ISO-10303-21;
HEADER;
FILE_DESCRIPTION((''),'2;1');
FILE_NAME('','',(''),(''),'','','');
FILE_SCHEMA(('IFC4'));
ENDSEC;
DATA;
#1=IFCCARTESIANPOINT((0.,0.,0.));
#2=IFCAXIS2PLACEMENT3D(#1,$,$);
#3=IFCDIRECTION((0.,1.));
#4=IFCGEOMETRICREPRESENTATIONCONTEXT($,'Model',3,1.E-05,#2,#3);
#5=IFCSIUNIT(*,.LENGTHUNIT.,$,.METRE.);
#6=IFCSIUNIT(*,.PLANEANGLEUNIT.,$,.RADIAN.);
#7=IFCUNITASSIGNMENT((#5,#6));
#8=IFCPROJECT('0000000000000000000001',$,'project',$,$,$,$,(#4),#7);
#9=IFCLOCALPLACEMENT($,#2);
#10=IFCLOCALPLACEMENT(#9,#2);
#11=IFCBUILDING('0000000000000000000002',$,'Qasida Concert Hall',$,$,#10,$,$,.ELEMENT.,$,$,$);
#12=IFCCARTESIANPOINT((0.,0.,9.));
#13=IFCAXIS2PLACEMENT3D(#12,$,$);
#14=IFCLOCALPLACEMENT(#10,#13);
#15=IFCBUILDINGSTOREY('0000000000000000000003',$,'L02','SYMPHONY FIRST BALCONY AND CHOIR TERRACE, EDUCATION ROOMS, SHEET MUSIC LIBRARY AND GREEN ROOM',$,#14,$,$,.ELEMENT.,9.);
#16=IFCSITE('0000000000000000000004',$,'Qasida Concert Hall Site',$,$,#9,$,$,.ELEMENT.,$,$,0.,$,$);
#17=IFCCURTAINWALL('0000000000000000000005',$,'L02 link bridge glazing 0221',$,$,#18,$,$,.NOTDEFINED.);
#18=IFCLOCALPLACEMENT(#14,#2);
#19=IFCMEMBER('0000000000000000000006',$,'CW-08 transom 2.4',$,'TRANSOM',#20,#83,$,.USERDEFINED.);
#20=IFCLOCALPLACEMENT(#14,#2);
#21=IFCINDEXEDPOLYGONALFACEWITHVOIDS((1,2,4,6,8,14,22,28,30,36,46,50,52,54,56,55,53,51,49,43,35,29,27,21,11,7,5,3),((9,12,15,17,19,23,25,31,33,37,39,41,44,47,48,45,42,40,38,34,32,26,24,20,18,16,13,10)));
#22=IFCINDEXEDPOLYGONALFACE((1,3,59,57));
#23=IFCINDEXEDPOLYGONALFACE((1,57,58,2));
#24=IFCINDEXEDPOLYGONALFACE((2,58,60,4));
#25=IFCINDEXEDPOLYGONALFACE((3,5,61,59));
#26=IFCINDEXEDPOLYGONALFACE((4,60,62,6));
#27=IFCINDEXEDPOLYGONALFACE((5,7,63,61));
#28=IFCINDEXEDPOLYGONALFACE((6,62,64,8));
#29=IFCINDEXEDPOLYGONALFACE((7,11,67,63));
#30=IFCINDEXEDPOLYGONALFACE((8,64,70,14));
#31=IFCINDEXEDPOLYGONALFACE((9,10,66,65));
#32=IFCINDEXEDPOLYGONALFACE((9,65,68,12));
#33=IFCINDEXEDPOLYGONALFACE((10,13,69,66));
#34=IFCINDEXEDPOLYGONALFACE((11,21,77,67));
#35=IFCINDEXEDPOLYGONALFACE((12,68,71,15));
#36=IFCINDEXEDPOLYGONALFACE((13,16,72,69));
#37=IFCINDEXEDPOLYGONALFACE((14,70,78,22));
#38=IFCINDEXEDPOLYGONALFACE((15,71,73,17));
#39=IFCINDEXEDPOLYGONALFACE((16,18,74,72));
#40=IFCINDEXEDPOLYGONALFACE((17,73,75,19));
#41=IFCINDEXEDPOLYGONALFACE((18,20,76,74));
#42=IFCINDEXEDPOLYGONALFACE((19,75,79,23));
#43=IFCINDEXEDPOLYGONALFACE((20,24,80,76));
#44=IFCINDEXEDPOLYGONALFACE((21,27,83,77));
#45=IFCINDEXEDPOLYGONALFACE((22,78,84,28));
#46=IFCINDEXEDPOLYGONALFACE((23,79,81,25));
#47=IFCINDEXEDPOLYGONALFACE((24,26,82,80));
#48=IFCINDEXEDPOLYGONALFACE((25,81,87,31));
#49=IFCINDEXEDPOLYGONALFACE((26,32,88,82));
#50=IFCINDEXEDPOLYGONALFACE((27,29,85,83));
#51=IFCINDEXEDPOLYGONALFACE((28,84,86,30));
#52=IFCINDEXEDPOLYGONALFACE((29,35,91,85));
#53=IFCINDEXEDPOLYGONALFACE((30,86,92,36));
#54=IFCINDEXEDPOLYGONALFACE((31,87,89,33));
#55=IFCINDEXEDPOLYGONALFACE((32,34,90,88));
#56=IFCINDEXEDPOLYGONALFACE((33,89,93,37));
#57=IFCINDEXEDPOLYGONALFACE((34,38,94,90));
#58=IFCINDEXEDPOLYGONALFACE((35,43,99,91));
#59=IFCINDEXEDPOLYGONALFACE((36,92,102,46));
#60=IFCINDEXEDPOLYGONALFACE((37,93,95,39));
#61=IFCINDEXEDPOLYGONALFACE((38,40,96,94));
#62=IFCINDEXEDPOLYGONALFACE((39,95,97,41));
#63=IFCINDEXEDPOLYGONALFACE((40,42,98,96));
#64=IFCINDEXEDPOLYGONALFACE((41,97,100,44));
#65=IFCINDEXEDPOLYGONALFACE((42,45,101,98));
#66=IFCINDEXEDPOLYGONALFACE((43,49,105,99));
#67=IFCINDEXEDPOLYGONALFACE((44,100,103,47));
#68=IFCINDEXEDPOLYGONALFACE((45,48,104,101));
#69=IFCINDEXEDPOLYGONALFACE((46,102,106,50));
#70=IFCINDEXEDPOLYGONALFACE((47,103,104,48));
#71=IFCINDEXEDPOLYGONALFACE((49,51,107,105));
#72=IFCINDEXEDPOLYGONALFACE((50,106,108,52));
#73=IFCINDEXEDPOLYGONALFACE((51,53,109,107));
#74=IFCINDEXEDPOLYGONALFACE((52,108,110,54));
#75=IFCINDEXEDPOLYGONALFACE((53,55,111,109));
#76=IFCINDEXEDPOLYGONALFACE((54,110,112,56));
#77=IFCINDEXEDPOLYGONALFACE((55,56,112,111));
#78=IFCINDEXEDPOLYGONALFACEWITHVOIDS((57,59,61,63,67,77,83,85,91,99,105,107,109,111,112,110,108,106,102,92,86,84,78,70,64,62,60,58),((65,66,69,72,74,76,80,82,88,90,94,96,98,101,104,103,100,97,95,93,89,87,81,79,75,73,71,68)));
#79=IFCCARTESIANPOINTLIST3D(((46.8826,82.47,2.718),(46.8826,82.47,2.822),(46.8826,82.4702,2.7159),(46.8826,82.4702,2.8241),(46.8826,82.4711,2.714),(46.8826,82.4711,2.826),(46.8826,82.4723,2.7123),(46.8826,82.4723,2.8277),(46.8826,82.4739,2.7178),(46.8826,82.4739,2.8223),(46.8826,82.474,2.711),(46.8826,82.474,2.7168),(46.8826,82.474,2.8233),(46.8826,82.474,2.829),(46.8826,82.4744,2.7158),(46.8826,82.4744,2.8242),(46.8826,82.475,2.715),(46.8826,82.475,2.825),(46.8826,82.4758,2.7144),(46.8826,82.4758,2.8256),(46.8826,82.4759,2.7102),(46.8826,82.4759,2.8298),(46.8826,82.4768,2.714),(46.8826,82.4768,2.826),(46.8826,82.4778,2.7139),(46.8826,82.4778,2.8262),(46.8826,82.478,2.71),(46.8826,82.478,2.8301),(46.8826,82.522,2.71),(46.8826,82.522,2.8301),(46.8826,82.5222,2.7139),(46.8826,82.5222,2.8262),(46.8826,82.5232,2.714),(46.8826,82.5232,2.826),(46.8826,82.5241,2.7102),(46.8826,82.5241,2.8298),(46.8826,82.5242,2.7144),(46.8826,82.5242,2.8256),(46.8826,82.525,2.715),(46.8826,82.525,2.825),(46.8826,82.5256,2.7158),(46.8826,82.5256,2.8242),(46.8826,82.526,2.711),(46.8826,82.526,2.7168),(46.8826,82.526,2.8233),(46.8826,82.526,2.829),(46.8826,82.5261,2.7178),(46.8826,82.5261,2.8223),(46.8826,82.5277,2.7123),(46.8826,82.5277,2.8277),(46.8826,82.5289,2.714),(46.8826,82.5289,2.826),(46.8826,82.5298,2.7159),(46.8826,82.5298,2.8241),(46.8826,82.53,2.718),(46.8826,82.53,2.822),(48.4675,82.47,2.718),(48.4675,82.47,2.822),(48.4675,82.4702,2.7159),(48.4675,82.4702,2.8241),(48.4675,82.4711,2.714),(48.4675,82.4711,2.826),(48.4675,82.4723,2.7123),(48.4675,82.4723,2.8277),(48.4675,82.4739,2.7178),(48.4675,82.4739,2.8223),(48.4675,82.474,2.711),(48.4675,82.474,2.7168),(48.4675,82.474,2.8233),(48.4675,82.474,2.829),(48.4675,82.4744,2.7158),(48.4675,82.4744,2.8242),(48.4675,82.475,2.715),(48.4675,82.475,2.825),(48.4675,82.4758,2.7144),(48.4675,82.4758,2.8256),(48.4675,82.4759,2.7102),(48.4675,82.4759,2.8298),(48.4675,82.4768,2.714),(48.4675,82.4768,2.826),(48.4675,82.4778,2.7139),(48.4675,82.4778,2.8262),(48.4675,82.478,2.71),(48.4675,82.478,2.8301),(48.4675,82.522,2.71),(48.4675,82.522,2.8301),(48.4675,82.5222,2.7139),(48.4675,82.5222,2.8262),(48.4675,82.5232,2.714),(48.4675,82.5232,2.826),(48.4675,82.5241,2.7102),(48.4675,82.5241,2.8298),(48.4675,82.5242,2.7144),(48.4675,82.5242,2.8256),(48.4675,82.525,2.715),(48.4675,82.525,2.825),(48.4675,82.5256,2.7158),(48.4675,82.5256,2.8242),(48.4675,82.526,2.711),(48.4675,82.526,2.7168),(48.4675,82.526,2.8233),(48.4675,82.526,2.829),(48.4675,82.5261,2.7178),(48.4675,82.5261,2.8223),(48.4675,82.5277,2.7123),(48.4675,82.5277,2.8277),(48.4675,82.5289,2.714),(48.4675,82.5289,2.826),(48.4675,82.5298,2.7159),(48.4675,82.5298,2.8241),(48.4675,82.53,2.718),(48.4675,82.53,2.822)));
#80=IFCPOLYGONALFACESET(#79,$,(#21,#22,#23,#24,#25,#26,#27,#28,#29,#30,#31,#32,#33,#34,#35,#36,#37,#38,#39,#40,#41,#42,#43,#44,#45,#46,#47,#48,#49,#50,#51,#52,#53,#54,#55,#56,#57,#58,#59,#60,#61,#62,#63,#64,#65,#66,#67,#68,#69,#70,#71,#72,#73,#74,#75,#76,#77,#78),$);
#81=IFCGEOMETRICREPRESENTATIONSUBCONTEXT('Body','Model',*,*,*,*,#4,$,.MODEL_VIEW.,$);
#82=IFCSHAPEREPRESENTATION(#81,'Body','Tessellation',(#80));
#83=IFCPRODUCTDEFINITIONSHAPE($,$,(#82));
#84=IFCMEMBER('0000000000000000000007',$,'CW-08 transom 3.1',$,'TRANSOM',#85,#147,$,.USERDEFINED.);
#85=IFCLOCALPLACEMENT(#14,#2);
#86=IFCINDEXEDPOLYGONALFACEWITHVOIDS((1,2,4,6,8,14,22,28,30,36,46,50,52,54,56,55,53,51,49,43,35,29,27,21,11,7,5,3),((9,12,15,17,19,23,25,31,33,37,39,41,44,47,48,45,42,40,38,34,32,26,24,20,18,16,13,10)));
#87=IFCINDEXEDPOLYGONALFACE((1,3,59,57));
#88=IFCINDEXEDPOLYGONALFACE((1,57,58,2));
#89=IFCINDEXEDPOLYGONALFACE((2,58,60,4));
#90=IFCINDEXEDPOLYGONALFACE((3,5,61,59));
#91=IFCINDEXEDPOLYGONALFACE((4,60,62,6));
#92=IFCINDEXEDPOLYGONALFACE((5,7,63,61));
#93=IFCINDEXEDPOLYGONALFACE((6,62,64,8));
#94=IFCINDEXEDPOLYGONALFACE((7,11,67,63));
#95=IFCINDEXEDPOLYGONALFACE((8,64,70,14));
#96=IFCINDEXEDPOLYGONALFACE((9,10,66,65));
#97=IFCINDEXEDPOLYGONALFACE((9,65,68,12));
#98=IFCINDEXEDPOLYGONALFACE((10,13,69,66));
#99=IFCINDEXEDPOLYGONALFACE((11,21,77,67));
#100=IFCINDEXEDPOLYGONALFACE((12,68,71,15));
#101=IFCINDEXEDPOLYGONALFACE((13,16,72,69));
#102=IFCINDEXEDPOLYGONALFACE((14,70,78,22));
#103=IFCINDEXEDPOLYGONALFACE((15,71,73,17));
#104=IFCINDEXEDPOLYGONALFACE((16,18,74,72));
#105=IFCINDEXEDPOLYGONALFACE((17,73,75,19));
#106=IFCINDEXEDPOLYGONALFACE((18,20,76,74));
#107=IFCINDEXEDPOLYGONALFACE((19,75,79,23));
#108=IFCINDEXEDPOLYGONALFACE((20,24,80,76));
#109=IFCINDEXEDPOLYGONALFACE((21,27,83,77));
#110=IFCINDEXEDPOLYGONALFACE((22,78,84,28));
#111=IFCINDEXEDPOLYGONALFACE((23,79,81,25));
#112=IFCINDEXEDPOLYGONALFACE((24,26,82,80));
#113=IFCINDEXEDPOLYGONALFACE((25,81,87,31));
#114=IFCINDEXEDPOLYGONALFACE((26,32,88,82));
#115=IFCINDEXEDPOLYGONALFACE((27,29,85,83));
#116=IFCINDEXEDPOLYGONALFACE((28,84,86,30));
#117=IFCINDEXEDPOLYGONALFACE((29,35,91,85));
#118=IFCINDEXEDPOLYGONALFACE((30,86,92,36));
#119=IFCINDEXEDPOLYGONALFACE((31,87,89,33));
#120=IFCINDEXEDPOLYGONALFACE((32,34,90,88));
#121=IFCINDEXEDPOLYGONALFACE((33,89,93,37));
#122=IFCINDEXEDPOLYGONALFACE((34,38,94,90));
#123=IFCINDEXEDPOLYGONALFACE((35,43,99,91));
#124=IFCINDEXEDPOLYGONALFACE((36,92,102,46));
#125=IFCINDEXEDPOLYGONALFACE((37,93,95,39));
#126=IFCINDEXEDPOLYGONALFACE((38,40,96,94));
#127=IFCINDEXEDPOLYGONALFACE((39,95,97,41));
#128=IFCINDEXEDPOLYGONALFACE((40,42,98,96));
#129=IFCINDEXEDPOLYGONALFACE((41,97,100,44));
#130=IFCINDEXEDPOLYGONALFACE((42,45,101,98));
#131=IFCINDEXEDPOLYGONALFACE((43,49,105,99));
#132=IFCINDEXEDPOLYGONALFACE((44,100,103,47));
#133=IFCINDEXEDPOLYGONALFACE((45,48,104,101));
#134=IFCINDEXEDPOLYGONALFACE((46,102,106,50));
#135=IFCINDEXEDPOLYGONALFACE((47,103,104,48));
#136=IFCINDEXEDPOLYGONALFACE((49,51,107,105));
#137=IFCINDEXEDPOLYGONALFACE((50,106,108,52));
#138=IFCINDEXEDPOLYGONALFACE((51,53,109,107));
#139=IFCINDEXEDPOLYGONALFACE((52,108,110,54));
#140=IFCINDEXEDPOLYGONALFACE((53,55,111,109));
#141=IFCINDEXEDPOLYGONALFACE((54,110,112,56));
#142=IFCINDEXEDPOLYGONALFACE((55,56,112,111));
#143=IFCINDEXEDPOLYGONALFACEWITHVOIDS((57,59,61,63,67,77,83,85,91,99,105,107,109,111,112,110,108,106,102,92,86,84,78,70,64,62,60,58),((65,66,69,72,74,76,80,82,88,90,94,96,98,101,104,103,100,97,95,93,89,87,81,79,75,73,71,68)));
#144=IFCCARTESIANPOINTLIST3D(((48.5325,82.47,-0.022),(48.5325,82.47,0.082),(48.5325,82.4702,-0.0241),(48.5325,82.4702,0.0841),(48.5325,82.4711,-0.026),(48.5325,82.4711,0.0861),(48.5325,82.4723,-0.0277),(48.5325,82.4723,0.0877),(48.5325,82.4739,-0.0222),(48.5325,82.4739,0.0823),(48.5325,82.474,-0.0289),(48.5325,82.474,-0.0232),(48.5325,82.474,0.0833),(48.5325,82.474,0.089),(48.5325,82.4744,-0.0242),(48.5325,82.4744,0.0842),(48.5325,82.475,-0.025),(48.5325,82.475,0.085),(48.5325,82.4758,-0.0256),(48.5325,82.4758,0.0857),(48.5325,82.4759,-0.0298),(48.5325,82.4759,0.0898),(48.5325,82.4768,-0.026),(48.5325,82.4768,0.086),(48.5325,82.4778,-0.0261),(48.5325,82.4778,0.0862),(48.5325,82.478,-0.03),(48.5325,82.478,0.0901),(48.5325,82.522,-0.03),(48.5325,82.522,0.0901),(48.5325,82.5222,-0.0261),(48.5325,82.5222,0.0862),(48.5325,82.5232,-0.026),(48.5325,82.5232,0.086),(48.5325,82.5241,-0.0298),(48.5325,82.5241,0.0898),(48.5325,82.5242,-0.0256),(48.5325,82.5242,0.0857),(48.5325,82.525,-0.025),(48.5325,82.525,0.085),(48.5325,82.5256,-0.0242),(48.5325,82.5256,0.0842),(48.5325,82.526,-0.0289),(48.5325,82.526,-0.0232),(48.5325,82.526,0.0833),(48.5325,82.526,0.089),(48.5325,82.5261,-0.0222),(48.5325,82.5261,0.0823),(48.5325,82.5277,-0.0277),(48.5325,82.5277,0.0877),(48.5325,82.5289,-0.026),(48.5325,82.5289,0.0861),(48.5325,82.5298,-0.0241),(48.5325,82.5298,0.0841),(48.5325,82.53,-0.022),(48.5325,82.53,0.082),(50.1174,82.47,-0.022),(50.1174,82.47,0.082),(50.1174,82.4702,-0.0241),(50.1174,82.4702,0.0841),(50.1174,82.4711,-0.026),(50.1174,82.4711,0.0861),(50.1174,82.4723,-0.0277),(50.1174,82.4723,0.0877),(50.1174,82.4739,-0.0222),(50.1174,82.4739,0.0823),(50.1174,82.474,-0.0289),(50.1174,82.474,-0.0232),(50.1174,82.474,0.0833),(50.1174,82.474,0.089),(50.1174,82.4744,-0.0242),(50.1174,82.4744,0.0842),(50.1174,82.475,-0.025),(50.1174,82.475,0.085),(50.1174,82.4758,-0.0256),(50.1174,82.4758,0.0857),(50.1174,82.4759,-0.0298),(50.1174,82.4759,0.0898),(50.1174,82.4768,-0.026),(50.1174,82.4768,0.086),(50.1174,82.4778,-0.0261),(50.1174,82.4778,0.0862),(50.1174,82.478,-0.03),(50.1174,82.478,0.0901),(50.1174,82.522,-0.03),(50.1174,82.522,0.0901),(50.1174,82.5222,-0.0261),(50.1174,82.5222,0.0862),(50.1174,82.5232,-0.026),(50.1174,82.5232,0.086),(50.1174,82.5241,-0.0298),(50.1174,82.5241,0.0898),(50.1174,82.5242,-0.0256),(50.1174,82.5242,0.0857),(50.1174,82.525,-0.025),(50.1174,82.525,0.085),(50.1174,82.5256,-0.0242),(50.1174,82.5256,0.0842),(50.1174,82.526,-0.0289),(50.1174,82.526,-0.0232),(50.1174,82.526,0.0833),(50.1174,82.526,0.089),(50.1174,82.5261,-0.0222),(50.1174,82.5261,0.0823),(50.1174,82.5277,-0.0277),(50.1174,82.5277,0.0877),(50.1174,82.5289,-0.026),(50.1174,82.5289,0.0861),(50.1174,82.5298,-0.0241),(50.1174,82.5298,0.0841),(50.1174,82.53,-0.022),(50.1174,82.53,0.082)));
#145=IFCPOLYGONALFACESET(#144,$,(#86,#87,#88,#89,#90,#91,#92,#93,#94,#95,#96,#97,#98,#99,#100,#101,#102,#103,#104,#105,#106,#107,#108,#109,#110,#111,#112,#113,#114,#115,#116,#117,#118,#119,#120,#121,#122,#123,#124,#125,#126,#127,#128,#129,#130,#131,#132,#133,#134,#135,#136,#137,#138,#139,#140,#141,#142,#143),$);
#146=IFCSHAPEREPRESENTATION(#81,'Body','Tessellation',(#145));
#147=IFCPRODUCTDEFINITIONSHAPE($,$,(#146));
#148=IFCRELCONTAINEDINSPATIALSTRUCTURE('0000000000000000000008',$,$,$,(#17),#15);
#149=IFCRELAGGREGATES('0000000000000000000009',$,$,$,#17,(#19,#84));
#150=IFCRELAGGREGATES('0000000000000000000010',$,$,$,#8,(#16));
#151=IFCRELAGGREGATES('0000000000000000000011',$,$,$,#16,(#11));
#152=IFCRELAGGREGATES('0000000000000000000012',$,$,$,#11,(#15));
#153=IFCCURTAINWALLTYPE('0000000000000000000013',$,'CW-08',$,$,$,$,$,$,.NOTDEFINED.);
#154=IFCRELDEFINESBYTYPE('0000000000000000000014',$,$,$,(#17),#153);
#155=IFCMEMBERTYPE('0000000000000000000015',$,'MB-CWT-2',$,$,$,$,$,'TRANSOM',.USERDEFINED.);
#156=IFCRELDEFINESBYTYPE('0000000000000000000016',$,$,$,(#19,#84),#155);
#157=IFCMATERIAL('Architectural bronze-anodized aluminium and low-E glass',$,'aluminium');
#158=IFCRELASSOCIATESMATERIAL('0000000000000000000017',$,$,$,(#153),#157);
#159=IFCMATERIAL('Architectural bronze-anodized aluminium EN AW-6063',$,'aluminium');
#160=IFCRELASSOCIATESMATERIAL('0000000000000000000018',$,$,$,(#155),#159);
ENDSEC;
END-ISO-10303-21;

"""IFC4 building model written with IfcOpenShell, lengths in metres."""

from ifc_helpers import new_model, si_unit, direction, frame, origin, origin_2d, place, context, subcontext, project, spatial, hollow_rectangle, extrude, material, material_profile, profile_set, type_object, element, aggregate, save


model = new_model("IFC4")

# Units and contexts
model_context = context("Model", 3, precision=1e-05, world=origin(), true_north=direction((0.0, 1.0)))
body_context = subcontext(model_context, "Body", "Model", "MODEL_VIEW")
ifc_project = project(units=[si_unit("LENGTHUNIT", "METRE"), si_unit("PLANEANGLEUNIT", "RADIAN")], contexts=[model_context])

# Site, building, storey
site_placement = place(None, origin())
site = spatial("IfcSite", under=ifc_project, at=site_placement, Name="Qasida Concert Hall Site", CompositionType="ELEMENT", RefElevation=0.0)
building_placement = place(site_placement, origin())
building = spatial("IfcBuilding", under=site, at=building_placement, Name="Qasida Concert Hall", CompositionType="ELEMENT")
storey_placement = place(building_placement, frame((0.0, 0.0, 9.0)))
storey = spatial("IfcBuildingStorey", under=building, at=storey_placement, Name="L02", Description="SYMPHONY FIRST BALCONY AND CHOIR TERRACE, EDUCATION ROOMS, SHEET MUSIC LIBRARY AND GREEN ROOM", CompositionType="ELEMENT", Elevation=9.0)

# Curtain wall, members
ifc_material_1 = material(Name="Architectural bronze-anodized aluminium and low-E glass", Category="aluminium")
curtain_wall_type = type_object("IfcCurtainWallType", Name="CW-08", PredefinedType="NOTDEFINED", material=ifc_material_1)
curtain_wall_placement = place(storey_placement, origin())
curtain_wall = element("IfcCurtainWall", 1, at=curtain_wall_placement, inside=storey, type_object=curtain_wall_type, Name="L02 link bridge glazing 0221", PredefinedType="NOTDEFINED")
ifc_material_2 = material(Name="Architectural bronze-anodized aluminium EN AW-6063", Category="aluminium")
ifc_material_profile_1 = material_profile(ifc_material_2, hollow_rectangle(XDim=0.0601, YDim=0.1201, WallThickness=0.0039, InnerFilletRadius=0.0039, OuterFilletRadius=0.0081, at=origin_2d()), Name="CWT 120x60x4")
ifc_profile_set_1 = profile_set([ifc_material_profile_1], Name="Architectural bronze-anodized aluminium EN AW-6063")
member_type_1 = type_object("IfcMemberType", Name="MB-CWT-2", ElementType="TRANSOM", PredefinedType="USERDEFINED", material=ifc_profile_set_1)
member_1_placement = place(storey_placement, frame((46.8826, 82.5, 2.77), z_axis=(1.0, 0.0, 0.0), x_axis=(0.0, 1.0, 0.0)))
member_1 = element("IfcMember", 2, at=member_1_placement, type_object=member_type_1, Name="CW-08 transom 2.4", ObjectType="TRANSOM", PredefinedType="USERDEFINED", context=body_context, shape_type="SweptSolid", body=[
    extrude(hollow_rectangle(XDim=0.0601, YDim=0.1201, WallThickness=0.0039, InnerFilletRadius=0.0039, OuterFilletRadius=0.0081, at=origin_2d()), origin(), (0.0, 0.0, 1.0), 1.585),
])
member_2_placement = place(storey_placement, frame((48.5325, 82.5, 0.03), z_axis=(1.0, 0.0, 0.0), x_axis=(0.0, 1.0, 0.0)))
member_2 = element("IfcMember", 3, at=member_2_placement, type_object=member_type_1, Name="CW-08 transom 3.1", ObjectType="TRANSOM", PredefinedType="USERDEFINED", context=body_context, shape_type="SweptSolid", body=[
    extrude(hollow_rectangle(XDim=0.0601, YDim=0.1201, WallThickness=0.0039, InnerFilletRadius=0.0039, OuterFilletRadius=0.0081, at=origin_2d()), origin(), (0.0, 0.0, 1.0), 1.585),
])
aggregate(curtain_wall, [member_1, member_2])

save(model, "model.ifc")
